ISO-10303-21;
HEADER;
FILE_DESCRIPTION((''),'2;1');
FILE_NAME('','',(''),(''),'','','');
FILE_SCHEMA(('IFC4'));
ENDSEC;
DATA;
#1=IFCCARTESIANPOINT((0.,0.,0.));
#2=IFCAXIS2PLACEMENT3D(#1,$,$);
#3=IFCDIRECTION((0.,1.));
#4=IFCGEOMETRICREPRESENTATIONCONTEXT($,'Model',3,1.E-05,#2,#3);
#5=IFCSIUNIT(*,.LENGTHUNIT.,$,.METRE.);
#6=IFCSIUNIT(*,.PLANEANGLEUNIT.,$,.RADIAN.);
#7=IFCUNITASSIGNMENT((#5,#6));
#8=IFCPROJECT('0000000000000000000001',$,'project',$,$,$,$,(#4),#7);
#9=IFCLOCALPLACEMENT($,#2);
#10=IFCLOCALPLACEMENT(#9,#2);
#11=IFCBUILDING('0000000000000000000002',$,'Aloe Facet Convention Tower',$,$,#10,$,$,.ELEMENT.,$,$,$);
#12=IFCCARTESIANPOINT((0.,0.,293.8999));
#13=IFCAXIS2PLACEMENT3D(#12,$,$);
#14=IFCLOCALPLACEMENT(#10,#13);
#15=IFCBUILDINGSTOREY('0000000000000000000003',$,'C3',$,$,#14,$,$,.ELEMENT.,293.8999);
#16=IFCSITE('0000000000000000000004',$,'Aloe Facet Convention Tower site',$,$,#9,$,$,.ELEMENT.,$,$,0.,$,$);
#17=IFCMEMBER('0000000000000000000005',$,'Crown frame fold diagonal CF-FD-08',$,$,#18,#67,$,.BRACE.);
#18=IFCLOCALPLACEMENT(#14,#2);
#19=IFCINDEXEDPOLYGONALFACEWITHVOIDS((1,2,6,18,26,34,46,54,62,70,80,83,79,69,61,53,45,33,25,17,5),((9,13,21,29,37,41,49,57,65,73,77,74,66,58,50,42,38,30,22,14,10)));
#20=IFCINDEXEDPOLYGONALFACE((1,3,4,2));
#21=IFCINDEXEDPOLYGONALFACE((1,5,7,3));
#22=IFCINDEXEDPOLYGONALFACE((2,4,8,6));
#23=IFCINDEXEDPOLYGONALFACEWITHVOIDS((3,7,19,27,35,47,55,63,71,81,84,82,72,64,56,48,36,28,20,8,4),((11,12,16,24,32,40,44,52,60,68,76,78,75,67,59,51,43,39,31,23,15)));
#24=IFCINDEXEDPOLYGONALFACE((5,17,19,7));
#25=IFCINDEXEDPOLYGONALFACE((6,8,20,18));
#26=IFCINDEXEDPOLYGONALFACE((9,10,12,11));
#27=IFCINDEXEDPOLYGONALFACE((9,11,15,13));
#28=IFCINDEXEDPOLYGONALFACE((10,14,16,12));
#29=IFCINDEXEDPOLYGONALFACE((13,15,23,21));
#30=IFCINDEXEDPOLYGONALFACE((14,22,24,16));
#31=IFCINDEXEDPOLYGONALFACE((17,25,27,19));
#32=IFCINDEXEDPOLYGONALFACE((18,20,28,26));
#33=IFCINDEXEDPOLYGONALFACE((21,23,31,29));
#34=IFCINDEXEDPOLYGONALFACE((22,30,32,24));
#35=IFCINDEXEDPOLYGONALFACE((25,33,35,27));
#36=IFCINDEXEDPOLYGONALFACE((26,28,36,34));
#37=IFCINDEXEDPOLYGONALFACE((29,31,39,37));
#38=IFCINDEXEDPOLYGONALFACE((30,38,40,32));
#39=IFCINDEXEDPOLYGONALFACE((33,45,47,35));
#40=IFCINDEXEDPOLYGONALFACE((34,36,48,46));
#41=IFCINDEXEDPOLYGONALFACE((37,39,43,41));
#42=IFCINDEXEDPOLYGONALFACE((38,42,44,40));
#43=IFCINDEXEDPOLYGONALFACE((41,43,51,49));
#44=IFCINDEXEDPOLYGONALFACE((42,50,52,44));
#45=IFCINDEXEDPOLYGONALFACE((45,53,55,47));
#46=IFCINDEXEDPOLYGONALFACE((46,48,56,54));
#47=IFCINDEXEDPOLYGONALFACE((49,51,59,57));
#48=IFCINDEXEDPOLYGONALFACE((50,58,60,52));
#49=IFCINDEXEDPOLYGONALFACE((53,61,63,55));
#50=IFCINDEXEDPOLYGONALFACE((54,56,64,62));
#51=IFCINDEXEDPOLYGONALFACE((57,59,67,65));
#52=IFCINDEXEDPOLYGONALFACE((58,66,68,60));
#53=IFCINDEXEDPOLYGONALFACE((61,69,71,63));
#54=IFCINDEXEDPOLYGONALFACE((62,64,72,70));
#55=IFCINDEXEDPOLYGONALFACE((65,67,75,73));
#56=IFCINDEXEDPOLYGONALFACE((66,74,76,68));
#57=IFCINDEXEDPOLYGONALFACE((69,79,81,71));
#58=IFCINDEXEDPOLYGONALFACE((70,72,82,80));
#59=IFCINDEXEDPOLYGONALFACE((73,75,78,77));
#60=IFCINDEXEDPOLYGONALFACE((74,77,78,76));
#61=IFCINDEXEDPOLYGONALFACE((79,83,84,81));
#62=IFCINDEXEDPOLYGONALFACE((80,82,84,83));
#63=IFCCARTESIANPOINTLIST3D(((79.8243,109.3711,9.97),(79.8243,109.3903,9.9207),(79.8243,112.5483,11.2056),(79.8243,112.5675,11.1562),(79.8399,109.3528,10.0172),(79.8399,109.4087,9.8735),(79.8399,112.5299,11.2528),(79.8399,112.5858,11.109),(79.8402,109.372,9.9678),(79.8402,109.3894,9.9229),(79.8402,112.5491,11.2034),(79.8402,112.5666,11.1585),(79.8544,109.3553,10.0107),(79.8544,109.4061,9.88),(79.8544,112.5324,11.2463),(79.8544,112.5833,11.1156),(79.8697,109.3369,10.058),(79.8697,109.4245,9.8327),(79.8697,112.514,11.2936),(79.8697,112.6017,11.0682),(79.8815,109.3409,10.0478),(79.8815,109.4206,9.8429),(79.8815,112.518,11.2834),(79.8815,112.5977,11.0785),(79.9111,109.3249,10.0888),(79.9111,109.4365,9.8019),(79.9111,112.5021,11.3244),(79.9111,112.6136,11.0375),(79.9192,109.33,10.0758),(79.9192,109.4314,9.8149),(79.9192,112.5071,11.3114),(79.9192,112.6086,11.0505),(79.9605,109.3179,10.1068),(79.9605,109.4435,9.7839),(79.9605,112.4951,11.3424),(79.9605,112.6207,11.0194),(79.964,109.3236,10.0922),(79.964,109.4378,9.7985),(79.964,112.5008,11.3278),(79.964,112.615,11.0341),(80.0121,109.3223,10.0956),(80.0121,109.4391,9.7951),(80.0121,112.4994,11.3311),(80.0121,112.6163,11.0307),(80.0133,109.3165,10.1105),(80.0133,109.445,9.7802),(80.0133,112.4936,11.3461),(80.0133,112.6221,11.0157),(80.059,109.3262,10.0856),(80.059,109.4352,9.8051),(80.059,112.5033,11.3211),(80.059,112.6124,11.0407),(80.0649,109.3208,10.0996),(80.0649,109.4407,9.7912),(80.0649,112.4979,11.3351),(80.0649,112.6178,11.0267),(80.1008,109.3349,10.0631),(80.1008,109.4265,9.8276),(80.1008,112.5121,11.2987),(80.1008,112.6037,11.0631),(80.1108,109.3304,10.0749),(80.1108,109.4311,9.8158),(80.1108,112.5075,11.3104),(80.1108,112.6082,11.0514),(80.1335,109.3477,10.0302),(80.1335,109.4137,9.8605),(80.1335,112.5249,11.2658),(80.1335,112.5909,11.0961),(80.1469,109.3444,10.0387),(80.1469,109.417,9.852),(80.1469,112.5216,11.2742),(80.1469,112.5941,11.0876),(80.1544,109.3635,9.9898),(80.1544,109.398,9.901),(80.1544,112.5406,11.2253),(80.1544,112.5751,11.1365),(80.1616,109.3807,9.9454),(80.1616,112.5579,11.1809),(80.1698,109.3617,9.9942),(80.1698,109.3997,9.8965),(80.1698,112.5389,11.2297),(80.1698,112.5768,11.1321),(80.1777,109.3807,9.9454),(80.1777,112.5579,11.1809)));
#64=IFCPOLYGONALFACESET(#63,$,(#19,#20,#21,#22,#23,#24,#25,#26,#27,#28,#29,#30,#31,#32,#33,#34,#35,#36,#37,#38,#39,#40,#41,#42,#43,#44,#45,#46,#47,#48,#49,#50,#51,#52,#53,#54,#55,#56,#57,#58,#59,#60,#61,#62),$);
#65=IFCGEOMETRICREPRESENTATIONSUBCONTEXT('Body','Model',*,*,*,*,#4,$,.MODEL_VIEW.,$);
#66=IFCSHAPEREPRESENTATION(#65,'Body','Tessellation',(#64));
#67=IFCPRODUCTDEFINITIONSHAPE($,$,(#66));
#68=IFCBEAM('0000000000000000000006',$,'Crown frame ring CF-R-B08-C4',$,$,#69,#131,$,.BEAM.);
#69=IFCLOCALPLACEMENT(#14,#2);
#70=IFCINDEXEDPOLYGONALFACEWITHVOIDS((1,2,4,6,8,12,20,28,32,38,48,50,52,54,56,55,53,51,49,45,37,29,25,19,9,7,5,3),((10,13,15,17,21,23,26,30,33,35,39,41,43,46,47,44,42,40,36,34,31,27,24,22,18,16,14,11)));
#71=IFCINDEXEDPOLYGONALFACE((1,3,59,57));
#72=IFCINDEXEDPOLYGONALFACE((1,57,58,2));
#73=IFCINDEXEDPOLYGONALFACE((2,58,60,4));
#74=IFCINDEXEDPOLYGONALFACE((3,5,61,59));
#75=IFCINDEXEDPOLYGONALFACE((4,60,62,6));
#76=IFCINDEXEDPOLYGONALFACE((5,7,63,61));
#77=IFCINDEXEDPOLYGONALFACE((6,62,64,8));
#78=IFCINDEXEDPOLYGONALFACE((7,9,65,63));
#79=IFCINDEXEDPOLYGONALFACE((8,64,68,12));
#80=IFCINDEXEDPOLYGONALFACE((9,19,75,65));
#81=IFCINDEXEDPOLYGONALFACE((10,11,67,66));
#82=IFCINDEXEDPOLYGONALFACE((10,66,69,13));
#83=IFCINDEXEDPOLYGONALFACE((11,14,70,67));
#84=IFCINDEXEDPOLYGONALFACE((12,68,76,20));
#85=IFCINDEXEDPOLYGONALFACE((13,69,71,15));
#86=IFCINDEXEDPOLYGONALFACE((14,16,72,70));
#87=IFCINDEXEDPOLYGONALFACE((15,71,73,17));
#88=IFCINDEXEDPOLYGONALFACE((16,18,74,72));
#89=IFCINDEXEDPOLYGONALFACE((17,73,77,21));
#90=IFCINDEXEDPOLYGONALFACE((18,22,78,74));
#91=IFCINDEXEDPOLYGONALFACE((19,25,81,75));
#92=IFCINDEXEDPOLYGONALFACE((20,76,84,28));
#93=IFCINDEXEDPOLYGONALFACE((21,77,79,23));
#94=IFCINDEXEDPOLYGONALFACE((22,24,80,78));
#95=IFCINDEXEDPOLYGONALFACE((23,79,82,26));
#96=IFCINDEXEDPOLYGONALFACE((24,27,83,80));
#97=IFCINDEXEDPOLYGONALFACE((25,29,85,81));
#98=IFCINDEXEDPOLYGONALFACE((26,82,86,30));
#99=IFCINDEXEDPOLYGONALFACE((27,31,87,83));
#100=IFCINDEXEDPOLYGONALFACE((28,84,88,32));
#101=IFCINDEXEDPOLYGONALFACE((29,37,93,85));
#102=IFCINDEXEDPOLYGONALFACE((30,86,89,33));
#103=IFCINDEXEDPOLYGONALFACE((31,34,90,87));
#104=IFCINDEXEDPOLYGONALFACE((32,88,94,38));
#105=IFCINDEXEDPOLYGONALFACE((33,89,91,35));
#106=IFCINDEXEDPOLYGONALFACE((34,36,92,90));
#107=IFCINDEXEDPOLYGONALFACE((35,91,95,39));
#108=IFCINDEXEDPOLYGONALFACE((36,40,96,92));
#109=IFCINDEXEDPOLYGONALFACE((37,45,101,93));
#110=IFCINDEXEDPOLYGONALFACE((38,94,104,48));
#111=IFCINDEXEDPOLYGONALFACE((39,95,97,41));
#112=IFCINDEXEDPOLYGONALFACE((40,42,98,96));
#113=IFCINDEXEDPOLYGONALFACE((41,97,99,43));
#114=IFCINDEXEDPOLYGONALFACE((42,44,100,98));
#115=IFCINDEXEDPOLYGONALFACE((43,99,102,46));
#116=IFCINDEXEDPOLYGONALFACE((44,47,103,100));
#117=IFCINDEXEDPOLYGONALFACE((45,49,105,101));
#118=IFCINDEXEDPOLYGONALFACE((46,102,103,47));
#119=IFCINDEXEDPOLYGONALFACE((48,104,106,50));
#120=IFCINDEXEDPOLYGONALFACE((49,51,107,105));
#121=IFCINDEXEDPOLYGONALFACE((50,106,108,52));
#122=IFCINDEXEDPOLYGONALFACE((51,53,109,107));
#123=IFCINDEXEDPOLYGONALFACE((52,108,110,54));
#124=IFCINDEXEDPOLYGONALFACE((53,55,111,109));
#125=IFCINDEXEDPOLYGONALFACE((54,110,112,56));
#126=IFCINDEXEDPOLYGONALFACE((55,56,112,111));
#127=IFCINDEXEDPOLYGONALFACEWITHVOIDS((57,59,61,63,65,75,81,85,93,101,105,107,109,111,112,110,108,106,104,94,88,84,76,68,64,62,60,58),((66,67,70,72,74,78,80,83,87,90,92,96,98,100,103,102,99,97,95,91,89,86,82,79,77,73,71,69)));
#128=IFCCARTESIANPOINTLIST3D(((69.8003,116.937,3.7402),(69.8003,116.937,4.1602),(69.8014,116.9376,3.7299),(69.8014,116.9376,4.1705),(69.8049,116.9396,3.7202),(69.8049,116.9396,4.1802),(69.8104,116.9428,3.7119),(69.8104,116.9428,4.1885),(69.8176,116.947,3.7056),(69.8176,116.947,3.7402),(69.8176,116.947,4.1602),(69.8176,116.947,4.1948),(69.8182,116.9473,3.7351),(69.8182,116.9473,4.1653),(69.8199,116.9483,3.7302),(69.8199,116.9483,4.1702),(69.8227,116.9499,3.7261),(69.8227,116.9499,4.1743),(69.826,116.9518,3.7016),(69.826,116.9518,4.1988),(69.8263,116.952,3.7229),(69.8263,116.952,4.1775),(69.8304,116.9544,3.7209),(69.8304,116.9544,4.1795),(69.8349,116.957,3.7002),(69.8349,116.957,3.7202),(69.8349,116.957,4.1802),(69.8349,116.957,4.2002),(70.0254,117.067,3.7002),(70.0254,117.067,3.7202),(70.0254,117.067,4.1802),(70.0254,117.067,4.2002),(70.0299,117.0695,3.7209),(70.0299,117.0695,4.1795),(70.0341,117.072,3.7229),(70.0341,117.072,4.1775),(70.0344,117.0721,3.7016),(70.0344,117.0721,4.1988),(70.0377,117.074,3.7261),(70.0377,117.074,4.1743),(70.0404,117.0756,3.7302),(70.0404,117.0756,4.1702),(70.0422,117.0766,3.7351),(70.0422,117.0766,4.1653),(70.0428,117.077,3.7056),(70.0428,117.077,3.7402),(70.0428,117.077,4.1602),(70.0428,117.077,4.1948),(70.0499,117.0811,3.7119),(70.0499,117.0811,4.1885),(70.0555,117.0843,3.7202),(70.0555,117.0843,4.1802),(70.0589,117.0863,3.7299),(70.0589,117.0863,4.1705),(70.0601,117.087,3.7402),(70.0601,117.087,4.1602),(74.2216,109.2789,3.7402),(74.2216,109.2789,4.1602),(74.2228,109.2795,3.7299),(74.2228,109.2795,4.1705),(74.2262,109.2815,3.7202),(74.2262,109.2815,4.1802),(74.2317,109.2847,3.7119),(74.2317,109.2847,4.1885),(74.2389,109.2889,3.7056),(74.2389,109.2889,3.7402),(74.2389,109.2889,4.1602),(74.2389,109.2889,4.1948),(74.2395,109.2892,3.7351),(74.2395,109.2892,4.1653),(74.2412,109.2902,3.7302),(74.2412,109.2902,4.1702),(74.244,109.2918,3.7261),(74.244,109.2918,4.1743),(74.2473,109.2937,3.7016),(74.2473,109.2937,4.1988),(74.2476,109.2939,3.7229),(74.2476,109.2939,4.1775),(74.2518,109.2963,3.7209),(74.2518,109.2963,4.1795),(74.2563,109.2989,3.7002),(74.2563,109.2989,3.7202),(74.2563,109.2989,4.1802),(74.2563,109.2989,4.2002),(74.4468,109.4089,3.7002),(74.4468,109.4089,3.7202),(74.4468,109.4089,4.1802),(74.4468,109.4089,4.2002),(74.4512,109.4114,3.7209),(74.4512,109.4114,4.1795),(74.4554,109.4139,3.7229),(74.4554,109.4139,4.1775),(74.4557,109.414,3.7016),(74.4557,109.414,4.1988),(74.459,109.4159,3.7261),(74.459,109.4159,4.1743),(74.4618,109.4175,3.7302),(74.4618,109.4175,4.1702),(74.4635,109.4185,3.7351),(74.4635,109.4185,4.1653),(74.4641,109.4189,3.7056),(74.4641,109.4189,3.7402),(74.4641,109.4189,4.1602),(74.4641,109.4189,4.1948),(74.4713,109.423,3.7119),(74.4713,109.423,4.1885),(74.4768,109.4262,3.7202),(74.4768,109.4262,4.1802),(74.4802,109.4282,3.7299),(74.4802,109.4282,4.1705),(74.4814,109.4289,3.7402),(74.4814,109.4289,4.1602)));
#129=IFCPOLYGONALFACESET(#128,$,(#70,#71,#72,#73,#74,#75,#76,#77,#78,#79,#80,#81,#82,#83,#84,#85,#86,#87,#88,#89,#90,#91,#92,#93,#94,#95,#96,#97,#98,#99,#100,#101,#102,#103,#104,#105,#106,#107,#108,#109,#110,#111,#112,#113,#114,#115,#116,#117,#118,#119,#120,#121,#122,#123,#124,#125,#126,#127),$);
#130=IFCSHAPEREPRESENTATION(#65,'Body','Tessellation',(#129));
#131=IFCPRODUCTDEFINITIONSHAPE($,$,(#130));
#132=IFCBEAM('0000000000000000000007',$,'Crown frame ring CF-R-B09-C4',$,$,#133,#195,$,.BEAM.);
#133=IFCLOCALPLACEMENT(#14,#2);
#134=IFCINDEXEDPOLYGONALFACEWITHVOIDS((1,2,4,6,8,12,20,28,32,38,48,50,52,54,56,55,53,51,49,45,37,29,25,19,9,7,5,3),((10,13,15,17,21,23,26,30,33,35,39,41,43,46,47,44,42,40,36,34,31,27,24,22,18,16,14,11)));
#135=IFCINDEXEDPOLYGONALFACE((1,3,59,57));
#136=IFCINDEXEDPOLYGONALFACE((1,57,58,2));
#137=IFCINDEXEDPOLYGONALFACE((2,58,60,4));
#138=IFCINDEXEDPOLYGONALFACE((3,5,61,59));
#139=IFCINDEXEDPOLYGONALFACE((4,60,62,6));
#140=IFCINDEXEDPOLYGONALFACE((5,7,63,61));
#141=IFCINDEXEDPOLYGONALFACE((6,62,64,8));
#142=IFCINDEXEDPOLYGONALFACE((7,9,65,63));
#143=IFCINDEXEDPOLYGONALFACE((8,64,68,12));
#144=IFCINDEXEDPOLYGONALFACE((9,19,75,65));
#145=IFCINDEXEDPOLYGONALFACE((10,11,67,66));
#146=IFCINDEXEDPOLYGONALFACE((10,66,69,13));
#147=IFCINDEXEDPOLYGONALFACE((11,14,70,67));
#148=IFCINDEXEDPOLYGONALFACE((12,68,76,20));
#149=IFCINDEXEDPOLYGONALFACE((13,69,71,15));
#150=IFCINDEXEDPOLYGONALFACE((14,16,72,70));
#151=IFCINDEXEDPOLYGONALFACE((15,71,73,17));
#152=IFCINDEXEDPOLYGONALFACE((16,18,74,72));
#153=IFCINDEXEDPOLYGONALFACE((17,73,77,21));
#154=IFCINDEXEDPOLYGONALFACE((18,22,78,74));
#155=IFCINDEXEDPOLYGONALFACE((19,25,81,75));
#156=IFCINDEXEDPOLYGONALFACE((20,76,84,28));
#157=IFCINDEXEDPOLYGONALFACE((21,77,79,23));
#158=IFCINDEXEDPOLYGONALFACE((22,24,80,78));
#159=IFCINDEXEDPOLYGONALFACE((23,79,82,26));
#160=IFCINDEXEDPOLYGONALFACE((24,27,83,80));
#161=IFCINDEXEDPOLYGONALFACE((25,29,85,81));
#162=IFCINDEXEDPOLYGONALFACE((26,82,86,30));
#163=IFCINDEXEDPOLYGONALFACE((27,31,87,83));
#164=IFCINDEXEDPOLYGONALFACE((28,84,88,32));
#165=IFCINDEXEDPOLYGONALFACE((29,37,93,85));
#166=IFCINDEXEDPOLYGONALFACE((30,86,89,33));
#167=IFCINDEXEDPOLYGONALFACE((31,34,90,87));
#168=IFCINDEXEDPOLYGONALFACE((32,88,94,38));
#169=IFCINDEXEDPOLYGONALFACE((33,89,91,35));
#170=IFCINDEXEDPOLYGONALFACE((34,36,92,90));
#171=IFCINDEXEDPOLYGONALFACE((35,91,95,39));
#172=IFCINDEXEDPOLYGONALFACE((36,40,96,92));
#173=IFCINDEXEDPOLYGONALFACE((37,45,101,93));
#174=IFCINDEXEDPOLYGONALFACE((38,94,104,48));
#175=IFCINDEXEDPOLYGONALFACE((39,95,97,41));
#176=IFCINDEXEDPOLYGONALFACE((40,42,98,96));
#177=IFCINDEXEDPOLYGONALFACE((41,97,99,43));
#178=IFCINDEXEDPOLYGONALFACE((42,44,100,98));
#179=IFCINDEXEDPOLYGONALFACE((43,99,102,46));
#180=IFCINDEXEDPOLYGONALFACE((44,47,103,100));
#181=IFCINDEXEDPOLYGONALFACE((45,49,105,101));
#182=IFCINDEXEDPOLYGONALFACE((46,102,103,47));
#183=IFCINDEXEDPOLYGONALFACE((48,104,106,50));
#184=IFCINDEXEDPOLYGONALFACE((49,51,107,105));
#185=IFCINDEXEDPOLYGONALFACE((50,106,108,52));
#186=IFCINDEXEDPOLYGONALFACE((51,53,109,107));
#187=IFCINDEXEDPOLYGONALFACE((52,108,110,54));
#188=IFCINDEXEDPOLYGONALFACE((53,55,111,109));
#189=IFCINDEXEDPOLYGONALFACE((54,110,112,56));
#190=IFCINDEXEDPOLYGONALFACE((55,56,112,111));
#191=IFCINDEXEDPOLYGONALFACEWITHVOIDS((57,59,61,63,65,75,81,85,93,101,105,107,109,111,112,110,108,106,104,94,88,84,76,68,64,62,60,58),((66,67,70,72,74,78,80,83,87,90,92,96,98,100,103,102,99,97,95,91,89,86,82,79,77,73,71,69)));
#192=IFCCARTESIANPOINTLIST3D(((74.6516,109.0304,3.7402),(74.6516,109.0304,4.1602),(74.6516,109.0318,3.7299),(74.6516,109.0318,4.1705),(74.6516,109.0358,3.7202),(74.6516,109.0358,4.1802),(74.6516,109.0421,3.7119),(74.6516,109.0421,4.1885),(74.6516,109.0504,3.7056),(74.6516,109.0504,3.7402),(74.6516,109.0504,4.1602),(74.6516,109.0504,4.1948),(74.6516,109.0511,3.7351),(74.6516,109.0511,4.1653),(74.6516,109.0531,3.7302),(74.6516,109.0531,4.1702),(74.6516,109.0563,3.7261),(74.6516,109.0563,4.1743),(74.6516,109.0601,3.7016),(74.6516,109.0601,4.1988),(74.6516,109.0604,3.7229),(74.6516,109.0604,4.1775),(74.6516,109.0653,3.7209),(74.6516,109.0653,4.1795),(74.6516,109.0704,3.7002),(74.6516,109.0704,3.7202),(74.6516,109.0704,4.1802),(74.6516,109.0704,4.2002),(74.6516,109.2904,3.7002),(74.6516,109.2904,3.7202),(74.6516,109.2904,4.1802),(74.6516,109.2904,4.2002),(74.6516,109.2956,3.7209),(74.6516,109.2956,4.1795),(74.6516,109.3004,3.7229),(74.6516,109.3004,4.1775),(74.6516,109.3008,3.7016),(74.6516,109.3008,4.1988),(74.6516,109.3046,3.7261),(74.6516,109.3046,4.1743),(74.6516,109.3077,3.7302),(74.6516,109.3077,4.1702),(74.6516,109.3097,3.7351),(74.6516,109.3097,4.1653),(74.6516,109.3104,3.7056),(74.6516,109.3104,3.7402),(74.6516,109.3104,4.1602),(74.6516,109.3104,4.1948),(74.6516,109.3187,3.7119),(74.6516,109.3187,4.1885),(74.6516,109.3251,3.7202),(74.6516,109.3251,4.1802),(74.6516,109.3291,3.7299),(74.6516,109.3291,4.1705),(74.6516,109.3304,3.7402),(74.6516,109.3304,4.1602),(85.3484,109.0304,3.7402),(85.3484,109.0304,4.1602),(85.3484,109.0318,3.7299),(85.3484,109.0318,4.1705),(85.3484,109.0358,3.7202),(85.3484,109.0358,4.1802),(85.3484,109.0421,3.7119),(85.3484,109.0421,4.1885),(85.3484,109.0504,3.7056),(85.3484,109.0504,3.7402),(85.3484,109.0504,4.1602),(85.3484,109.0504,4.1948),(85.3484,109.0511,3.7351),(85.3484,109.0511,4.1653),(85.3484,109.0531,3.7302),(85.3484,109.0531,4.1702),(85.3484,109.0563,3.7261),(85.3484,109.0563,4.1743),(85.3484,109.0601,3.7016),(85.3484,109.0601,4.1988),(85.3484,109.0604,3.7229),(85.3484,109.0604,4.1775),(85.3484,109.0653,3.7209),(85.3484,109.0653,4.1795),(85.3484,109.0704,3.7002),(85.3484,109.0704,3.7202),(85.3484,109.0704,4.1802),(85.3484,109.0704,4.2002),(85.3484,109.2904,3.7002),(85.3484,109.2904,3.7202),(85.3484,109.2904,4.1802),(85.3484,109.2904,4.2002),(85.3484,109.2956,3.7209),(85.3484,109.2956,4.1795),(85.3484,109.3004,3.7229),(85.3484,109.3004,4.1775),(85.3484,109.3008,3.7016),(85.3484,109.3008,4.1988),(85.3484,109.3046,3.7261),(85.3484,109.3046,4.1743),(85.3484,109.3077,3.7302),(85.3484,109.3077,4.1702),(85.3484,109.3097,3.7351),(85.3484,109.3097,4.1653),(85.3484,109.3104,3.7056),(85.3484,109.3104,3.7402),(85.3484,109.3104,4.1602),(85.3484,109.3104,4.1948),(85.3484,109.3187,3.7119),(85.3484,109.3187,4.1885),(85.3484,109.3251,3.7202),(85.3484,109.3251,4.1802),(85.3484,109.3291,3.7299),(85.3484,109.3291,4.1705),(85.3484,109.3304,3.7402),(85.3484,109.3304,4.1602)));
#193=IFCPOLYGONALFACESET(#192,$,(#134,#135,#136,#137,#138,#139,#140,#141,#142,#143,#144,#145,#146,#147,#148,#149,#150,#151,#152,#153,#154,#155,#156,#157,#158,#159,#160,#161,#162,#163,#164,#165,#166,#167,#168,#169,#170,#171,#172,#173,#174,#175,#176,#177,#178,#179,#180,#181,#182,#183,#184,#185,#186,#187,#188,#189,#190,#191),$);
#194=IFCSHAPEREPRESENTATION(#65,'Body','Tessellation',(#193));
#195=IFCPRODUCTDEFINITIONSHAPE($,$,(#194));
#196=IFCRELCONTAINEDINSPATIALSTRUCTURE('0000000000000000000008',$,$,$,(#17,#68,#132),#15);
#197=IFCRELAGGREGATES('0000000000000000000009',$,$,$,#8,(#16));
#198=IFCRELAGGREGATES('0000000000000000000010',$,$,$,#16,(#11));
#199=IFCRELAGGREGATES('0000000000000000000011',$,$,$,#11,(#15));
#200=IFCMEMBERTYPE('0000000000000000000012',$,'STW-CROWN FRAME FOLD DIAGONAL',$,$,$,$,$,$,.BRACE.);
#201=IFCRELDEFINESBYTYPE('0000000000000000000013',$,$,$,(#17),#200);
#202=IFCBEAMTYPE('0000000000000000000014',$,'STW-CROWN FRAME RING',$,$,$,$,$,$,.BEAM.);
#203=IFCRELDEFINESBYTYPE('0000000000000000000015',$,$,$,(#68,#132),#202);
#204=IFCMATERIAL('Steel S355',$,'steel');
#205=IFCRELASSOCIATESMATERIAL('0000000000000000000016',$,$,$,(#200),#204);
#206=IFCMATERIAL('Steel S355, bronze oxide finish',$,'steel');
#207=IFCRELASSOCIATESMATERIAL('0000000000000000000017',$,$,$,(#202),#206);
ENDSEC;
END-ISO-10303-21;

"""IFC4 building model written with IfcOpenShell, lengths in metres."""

from ifc_helpers import new_model, si_unit, direction, frame, origin, origin_2d, place, context, subcontext, project, spatial, hollow_rectangle, hollow_circle, extrude, material, material_profile, profile_set, type_object, element, save


model = new_model("IFC4")

# Units and contexts
model_context = context("Model", 3, precision=1e-05, world=origin(), true_north=direction((0.0, 1.0)))
body_context = subcontext(model_context, "Body", "Model", "MODEL_VIEW")
ifc_project = project(units=[si_unit("LENGTHUNIT", "METRE"), si_unit("PLANEANGLEUNIT", "RADIAN")], contexts=[model_context])

# Site, building, storey
site_placement = place(None, origin())
site = spatial("IfcSite", under=ifc_project, at=site_placement, Name="Aloe Facet Convention Tower site", CompositionType="ELEMENT", RefElevation=0.0)
building_placement = place(site_placement, origin())
building = spatial("IfcBuilding", under=site, at=building_placement, Name="Aloe Facet Convention Tower", CompositionType="ELEMENT")
storey_placement = place(building_placement, frame((0.0, 0.0, 293.8999)))
storey = spatial("IfcBuildingStorey", under=building, at=storey_placement, Name="C3", CompositionType="ELEMENT", Elevation=293.8999)

# Member
ifc_material_1 = material(Name="Steel S355", Category="steel")
ifc_material_profile_1 = material_profile(ifc_material_1, hollow_circle(Radius=0.1777, WallThickness=0.0161, at=origin_2d()), Name="CHS 355.6x16")
ifc_profile_set_1 = profile_set([ifc_material_profile_1], Name="Steel S355")
member_type_1 = type_object("IfcMemberType", Name="STW-CROWN FRAME FOLD DIAGONAL", PredefinedType="BRACE", material=ifc_profile_set_1)
member_1_placement = place(storey_placement, frame((80.0, 112.5579, 11.1809), z_axis=(0.0, -0.932005, -0.362446), x_axis=(1.0, 0.0, 0.0)))
element("IfcMember", 1, at=member_1_placement, inside=storey, type_object=member_type_1, Name="Crown frame fold diagonal CF-FD-08", PredefinedType="BRACE", context=body_context, shape_type="SweptSolid", body=[
    extrude(hollow_circle(Radius=0.1777, WallThickness=0.0161, at=origin_2d()), origin(), (0.0, 0.0, 1.0), 3.4089),
])

# Beams
ifc_material_2 = material(Name="Steel S355, bronze oxide finish", Category="steel")
ifc_material_profile_2 = material_profile(ifc_material_2, hollow_rectangle(XDim=0.3, YDim=0.5, WallThickness=0.02, InnerFilletRadius=0.02, OuterFilletRadius=0.04, at=origin_2d()), Name="RHS 500x300x20")
ifc_profile_set_2 = profile_set([ifc_material_profile_2], Name="Steel S355, bronze oxide finish")
beam_type = type_object("IfcBeamType", Name="STW-CROWN FRAME RING", PredefinedType="BEAM", material=ifc_profile_set_2)
beam_1_placement = place(storey_placement, frame((69.9302, 117.012, 3.9502), z_axis=(0.499993, -0.866029, 0.0), x_axis=(0.866029, 0.499993, 0.0)))
element("IfcBeam", 2, at=beam_1_placement, inside=storey, type_object=beam_type, Name="Crown frame ring CF-R-B08-C4", PredefinedType="BEAM", context=body_context, shape_type="SweptSolid", body=[
    extrude(hollow_rectangle(XDim=0.3, YDim=0.5, WallThickness=0.02, InnerFilletRadius=0.02, OuterFilletRadius=0.04, at=origin_2d()), origin(), (0.0, 0.0, 1.0), 8.8428),
])
beam_2_placement = place(storey_placement, frame((74.6516, 109.1804, 3.9502), z_axis=(1.0, 0.0, 0.0), x_axis=(0.0, 1.0, 0.0)))
element("IfcBeam", 3, at=beam_2_placement, inside=storey, type_object=beam_type, Name="Crown frame ring CF-R-B09-C4", PredefinedType="BEAM", context=body_context, shape_type="SweptSolid", body=[
    extrude(hollow_rectangle(XDim=0.3, YDim=0.5, WallThickness=0.02, InnerFilletRadius=0.02, OuterFilletRadius=0.04, at=origin_2d()), origin(), (0.0, 0.0, 1.0), 10.6968),
])

save(model, "model.ifc")
